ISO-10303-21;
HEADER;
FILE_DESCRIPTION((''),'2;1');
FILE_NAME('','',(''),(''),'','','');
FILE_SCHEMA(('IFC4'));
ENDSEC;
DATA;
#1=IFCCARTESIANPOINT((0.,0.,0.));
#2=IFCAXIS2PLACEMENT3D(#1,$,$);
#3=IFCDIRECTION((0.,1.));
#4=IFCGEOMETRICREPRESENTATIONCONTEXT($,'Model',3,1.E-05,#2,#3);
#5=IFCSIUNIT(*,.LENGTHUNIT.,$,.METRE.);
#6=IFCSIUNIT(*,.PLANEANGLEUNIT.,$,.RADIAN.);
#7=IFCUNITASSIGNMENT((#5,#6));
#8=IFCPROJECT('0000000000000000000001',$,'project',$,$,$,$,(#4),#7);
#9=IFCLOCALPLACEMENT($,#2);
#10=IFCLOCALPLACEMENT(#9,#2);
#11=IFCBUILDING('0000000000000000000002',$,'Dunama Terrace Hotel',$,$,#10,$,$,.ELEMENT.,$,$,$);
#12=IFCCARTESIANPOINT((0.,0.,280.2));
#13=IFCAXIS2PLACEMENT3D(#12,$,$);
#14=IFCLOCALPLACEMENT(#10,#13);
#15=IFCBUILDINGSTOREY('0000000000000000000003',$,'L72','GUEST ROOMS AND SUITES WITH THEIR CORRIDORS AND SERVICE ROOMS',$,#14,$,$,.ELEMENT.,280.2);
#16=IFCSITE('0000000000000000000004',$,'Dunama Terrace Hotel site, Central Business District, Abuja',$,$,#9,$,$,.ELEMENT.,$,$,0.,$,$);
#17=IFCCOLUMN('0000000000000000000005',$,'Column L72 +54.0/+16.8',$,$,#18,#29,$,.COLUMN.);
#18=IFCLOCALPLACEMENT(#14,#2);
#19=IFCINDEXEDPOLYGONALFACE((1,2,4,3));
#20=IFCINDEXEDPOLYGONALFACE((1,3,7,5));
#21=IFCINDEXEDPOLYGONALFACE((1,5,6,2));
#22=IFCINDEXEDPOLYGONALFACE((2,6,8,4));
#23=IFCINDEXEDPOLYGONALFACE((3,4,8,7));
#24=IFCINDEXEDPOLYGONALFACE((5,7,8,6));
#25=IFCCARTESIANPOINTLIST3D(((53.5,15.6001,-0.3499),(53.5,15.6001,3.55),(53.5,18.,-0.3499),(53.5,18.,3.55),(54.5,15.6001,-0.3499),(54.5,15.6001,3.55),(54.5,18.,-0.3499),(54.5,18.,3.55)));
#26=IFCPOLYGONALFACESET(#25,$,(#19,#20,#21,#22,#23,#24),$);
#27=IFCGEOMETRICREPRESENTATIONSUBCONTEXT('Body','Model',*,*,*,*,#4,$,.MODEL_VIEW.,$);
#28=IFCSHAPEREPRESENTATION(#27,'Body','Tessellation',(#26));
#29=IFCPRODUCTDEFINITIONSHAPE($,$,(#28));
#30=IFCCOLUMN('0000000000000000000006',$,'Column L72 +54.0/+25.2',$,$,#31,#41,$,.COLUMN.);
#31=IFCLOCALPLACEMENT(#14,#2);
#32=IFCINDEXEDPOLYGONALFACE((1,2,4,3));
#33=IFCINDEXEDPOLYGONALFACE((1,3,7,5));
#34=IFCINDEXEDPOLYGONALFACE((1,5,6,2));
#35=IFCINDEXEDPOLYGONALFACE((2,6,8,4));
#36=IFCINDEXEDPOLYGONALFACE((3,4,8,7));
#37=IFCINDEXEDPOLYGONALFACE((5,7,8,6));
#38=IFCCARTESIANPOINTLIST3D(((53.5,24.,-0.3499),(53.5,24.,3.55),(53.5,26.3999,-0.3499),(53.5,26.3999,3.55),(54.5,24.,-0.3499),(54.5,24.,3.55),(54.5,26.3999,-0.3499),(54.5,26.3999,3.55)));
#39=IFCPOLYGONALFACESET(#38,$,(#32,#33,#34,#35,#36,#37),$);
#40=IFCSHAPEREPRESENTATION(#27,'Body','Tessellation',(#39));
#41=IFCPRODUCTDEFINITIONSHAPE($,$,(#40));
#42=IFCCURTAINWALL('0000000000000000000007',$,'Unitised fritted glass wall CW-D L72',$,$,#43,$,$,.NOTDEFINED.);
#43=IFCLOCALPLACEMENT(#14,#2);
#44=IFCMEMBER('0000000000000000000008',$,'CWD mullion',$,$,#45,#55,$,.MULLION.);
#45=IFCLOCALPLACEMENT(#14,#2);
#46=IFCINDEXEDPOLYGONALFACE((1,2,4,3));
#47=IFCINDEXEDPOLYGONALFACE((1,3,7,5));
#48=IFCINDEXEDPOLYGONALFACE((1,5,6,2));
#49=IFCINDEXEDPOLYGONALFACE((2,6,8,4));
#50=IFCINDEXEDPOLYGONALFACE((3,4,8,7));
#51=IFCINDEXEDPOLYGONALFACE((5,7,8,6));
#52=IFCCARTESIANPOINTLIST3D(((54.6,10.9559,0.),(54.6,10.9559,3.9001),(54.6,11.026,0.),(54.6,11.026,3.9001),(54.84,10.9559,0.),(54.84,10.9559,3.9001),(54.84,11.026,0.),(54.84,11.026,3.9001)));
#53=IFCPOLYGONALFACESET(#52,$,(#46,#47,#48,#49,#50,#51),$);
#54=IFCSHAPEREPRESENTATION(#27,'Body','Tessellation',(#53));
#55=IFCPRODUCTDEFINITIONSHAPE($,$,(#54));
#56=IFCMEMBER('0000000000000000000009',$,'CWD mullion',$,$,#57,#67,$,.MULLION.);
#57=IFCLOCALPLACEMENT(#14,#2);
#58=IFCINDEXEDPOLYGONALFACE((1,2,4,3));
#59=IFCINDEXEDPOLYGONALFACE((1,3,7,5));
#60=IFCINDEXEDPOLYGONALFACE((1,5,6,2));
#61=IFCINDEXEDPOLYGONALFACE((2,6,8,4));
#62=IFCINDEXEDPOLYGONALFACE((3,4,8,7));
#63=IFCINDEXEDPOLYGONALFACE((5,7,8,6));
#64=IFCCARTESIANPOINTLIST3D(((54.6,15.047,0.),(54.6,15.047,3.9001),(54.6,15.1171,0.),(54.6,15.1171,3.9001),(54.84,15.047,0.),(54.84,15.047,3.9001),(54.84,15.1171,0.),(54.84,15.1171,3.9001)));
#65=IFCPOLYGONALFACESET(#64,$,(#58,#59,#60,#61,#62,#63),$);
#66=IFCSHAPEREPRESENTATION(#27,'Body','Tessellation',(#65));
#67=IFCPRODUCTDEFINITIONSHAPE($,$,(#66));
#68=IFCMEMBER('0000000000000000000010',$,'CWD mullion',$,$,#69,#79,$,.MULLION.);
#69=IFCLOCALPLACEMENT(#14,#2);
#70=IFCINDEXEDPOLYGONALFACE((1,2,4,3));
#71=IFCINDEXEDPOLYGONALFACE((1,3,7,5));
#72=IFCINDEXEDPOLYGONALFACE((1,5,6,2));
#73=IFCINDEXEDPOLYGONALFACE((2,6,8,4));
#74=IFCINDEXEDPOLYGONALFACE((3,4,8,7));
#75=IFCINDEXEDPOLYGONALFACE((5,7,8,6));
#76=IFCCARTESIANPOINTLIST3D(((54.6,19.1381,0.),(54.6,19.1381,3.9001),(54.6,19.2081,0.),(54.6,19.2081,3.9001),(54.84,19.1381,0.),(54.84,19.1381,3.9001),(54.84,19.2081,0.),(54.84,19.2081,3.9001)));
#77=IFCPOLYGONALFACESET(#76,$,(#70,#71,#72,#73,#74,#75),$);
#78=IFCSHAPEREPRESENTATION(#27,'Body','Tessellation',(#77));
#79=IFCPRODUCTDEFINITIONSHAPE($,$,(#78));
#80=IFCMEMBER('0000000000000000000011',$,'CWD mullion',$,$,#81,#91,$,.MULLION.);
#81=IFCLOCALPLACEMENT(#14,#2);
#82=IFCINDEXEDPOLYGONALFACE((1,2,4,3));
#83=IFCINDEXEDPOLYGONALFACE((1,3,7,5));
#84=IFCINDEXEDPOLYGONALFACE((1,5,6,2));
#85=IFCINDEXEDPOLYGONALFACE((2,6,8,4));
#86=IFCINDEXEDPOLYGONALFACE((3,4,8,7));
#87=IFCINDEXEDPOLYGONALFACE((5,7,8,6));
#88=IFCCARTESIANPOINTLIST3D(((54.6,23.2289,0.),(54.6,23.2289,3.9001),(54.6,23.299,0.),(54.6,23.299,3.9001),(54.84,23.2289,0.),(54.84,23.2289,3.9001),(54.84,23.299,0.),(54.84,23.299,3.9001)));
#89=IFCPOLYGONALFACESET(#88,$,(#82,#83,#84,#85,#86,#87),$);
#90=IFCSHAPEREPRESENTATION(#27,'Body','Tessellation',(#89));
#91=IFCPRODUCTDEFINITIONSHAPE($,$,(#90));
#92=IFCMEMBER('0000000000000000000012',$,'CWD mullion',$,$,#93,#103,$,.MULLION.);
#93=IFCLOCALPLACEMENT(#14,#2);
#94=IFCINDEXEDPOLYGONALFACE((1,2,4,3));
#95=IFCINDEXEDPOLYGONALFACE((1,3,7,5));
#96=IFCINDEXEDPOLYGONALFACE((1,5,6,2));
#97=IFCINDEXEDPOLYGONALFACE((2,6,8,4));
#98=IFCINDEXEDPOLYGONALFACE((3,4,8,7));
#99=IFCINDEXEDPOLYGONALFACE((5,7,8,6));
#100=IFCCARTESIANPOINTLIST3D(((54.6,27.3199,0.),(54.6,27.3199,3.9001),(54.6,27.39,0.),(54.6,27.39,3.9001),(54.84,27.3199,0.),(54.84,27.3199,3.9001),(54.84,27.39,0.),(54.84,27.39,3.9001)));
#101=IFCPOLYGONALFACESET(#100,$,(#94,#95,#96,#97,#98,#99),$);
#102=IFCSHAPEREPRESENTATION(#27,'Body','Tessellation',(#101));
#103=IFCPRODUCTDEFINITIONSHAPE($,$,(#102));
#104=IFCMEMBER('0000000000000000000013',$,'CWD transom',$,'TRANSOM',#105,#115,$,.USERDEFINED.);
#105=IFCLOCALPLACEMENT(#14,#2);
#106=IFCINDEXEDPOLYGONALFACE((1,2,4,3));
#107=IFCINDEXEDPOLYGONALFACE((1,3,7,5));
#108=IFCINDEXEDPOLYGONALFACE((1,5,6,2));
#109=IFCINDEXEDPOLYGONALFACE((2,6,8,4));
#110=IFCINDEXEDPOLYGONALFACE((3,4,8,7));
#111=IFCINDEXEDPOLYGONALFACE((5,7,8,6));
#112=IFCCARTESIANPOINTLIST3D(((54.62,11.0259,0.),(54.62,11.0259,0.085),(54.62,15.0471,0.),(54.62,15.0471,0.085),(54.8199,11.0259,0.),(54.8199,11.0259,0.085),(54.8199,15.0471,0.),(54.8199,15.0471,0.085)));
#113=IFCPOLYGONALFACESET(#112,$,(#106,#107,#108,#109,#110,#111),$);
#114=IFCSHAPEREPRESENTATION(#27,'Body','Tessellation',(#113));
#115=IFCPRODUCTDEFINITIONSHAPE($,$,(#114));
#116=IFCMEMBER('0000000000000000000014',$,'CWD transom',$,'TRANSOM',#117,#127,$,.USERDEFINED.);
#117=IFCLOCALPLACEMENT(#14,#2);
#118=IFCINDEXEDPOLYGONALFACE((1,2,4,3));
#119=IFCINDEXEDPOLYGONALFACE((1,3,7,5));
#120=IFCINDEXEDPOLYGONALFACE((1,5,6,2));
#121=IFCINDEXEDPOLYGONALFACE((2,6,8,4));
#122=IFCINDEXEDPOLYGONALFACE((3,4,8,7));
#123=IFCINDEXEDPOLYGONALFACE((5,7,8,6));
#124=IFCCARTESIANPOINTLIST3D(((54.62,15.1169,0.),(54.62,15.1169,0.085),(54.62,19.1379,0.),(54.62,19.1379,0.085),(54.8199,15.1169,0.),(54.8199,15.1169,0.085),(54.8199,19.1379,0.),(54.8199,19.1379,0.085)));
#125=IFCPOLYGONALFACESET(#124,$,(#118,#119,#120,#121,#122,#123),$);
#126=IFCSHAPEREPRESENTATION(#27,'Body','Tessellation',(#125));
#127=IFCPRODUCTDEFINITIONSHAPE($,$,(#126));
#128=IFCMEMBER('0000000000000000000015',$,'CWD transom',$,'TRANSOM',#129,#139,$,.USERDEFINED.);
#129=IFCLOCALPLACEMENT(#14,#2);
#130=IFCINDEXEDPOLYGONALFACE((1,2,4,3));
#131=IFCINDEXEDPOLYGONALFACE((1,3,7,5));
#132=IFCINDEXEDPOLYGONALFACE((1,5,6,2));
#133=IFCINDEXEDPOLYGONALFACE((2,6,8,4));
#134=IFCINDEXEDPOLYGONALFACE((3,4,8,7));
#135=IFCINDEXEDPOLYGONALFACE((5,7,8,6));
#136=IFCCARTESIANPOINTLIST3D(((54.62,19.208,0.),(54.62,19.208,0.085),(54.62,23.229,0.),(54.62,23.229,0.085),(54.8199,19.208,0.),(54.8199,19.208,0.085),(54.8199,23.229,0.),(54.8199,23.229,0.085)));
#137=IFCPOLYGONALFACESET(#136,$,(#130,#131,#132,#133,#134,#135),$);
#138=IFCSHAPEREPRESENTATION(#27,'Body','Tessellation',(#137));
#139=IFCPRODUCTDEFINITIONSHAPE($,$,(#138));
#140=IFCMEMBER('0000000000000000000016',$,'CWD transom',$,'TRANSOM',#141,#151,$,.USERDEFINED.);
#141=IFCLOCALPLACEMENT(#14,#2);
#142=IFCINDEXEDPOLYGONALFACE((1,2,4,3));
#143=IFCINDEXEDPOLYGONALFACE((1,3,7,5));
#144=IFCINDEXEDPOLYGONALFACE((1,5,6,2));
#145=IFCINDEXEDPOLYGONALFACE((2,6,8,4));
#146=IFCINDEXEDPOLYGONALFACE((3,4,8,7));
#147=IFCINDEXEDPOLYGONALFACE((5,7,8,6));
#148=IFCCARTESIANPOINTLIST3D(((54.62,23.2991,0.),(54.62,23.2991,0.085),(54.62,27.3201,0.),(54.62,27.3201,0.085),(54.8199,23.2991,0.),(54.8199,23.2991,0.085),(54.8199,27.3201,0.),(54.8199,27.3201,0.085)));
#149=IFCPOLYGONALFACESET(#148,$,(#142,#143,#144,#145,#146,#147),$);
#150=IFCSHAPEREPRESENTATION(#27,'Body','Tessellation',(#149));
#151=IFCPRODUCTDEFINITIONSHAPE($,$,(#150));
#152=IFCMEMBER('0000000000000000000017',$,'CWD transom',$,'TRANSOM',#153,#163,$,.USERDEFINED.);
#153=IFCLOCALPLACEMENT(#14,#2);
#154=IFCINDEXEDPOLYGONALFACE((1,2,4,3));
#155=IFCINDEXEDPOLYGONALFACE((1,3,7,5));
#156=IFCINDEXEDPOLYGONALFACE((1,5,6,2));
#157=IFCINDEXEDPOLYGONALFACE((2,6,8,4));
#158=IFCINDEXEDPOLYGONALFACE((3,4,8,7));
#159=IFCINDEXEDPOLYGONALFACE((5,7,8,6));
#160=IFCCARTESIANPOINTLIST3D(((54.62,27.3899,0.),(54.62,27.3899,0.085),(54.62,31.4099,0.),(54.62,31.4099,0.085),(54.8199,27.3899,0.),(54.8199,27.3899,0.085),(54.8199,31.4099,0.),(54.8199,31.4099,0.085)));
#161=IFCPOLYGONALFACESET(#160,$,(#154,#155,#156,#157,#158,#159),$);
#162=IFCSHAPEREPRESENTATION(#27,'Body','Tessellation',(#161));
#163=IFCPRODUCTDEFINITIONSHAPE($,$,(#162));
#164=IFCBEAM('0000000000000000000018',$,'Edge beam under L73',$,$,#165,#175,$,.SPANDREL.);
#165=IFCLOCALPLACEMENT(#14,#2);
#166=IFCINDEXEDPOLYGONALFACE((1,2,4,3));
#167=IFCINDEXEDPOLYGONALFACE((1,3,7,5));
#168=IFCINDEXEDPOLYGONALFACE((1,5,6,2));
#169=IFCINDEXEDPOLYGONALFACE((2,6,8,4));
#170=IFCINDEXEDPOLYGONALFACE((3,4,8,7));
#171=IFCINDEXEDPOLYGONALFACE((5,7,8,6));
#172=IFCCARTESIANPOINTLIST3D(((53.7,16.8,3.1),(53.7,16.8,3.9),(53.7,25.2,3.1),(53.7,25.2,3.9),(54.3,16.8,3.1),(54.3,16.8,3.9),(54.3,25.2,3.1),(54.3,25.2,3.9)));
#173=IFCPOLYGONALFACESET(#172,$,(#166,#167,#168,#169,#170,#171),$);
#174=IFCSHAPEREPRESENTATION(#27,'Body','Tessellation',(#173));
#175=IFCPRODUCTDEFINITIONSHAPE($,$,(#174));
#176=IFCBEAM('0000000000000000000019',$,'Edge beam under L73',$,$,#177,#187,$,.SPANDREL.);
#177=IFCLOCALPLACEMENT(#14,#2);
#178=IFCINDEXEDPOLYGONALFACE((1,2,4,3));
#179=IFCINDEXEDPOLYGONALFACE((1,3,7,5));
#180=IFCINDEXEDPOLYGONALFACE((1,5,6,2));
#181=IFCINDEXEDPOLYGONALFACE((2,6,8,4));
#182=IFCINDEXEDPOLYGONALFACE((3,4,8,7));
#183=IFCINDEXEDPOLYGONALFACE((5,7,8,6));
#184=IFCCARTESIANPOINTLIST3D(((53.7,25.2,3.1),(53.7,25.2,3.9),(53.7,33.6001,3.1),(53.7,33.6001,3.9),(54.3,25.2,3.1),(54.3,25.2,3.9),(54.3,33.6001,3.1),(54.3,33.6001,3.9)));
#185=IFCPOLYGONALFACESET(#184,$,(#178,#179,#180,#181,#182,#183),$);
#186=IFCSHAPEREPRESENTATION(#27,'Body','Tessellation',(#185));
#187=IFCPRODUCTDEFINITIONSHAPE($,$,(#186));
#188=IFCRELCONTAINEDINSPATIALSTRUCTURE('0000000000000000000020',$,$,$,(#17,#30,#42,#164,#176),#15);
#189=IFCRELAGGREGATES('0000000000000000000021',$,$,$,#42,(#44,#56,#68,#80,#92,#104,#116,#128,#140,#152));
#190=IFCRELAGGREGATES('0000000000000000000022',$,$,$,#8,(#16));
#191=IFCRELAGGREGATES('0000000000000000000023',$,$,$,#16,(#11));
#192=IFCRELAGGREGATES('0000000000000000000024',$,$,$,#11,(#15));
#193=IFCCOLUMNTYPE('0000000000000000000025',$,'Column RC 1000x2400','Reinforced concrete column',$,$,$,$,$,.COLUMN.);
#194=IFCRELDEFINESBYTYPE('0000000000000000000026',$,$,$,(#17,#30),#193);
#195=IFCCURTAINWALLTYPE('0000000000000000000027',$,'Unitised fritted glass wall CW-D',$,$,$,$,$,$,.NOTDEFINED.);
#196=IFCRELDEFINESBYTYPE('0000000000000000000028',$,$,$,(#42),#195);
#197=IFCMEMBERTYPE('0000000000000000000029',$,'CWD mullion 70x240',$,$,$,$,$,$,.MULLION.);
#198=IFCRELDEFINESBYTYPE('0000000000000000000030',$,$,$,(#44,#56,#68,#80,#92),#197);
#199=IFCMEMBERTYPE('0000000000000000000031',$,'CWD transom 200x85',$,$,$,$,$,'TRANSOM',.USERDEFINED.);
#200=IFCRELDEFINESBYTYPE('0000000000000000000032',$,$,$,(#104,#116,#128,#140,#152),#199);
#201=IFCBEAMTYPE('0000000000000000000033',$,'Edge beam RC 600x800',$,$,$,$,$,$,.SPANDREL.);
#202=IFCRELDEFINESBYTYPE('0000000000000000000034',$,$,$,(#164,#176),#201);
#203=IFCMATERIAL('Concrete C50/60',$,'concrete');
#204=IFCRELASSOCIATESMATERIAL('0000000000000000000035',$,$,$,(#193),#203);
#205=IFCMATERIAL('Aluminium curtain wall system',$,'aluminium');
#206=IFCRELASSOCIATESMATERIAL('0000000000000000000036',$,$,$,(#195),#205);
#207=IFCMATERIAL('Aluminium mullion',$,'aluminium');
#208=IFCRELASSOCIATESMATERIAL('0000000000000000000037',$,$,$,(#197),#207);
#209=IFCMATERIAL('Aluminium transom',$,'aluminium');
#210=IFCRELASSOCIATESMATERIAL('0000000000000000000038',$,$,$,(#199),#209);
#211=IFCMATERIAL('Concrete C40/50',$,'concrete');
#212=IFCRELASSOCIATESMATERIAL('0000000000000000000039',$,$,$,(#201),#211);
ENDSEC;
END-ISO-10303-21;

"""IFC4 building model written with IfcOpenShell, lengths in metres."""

from ifc_helpers import new_model, si_unit, direction, frame, origin, origin_2d, place, context, subcontext, project, spatial, rectangle, extrude, material, material_profile, profile_set, type_object, element, aggregate, save


model = new_model("IFC4")

# Units and contexts
model_context = context("Model", 3, precision=1e-05, world=origin(), true_north=direction((0.0, 1.0)))
body_context = subcontext(model_context, "Body", "Model", "MODEL_VIEW")
ifc_project = project(units=[si_unit("LENGTHUNIT", "METRE"), si_unit("PLANEANGLEUNIT", "RADIAN")], contexts=[model_context])

# Site, building, storey
site_placement = place(None, origin())
site = spatial("IfcSite", under=ifc_project, at=site_placement, Name="Dunama Terrace Hotel site, Central Business District, Abuja", CompositionType="ELEMENT", RefElevation=0.0)
building_placement = place(site_placement, origin())
building = spatial("IfcBuilding", under=site, at=building_placement, Name="Dunama Terrace Hotel", CompositionType="ELEMENT")
storey_placement = place(building_placement, frame((0.0, 0.0, 280.2)))
storey = spatial("IfcBuildingStorey", under=building, at=storey_placement, Name="L72", Description="GUEST ROOMS AND SUITES WITH THEIR CORRIDORS AND SERVICE ROOMS", CompositionType="ELEMENT", Elevation=280.2)

# Columns
ifc_material_1 = material(Name="Concrete C50/60", Category="concrete")
ifc_material_profile_1 = material_profile(ifc_material_1, rectangle(XDim=1.0, YDim=2.3999, at=origin_2d()), Name="RC 1000x2400")
ifc_profile_set_1 = profile_set([ifc_material_profile_1], Name="Concrete C50/60")
column_type = type_object("IfcColumnType", Name="Column RC 1000x2400", Description="Reinforced concrete column", PredefinedType="COLUMN", material=ifc_profile_set_1)
for number, where, z_axis, x_axis, name in (
    (1, (54.0, 16.8, -0.3499), (0.0, 0.0, 1.0), (1.0, 0.0, 0.0), "Column L72 +54.0/+16.8"),
    (2, (54.0, 25.2, -0.3499), (0.0, 0.0, 1.0), (1.0, 0.0, 0.0), "Column L72 +54.0/+25.2"),
):
    element("IfcColumn", number, at=place(storey_placement, frame(where, z_axis=z_axis, x_axis=x_axis)), inside=storey, type_object=column_type, Name=name, PredefinedType="COLUMN", context=body_context, shape_type="SweptSolid", body=[
        extrude(rectangle(XDim=1.0, YDim=2.3999, at=origin_2d()), origin(), (0.0, 0.0, 1.0), 3.8999),
    ])

# Curtain wall, members
ifc_material_2 = material(Name="Aluminium curtain wall system", Category="aluminium")
curtain_wall_type = type_object("IfcCurtainWallType", Name="Unitised fritted glass wall CW-D", PredefinedType="NOTDEFINED", material=ifc_material_2)
curtain_wall_placement = place(storey_placement, origin())
curtain_wall = element("IfcCurtainWall", 3, at=curtain_wall_placement, inside=storey, type_object=curtain_wall_type, Name="Unitised fritted glass wall CW-D L72", PredefinedType="NOTDEFINED")
ifc_material_3 = material(Name="Aluminium mullion", Category="aluminium")
ifc_material_profile_2 = material_profile(ifc_material_3, rectangle(XDim=0.0701, YDim=0.24, at=origin_2d()), Name="CWD MULLION 70X240")
ifc_profile_set_2 = profile_set([ifc_material_profile_2], Name="Aluminium mullion")
member_type_1 = type_object("IfcMemberType", Name="CWD mullion 70x240", PredefinedType="MULLION", material=ifc_profile_set_2)
member_1_placement = place(storey_placement, frame((54.72, 10.991, 0.0), z_axis=(0.0, 0.0, 1.0), x_axis=(0.0, 1.0, 0.0)))
member_1 = element("IfcMember", 4, at=member_1_placement, type_object=member_type_1, Name="CWD mullion", PredefinedType="MULLION", context=body_context, shape_type="SweptSolid", body=[
    extrude(rectangle(XDim=0.0701, YDim=0.24, at=origin_2d()), origin(), (0.0, 0.0, 1.0), 3.9001),
])
member_2_placement = place(storey_placement, frame((54.72, 15.082, 0.0), z_axis=(0.0, 0.0, 1.0), x_axis=(0.0, 1.0, 0.0)))
member_2 = element("IfcMember", 5, at=member_2_placement, type_object=member_type_1, Name="CWD mullion", PredefinedType="MULLION", context=body_context, shape_type="SweptSolid", body=[
    extrude(rectangle(XDim=0.0701, YDim=0.24, at=origin_2d()), origin(), (0.0, 0.0, 1.0), 3.9001),
])
member_3_placement = place(storey_placement, frame((54.72, 19.1731, 0.0), z_axis=(0.0, 0.0, 1.0), x_axis=(0.0, 1.0, 0.0)))
member_3 = element("IfcMember", 6, at=member_3_placement, type_object=member_type_1, Name="CWD mullion", PredefinedType="MULLION", context=body_context, shape_type="SweptSolid", body=[
    extrude(rectangle(XDim=0.0701, YDim=0.24, at=origin_2d()), origin(), (0.0, 0.0, 1.0), 3.9001),
])
member_4_placement = place(storey_placement, frame((54.72, 23.2639, 0.0), z_axis=(0.0, 0.0, 1.0), x_axis=(0.0, 1.0, 0.0)))
member_4 = element("IfcMember", 7, at=member_4_placement, type_object=member_type_1, Name="CWD mullion", PredefinedType="MULLION", context=body_context, shape_type="SweptSolid", body=[
    extrude(rectangle(XDim=0.0701, YDim=0.24, at=origin_2d()), origin(), (0.0, 0.0, 1.0), 3.9001),
])
member_5_placement = place(storey_placement, frame((54.72, 27.355, 0.0), z_axis=(0.0, 0.0, 1.0), x_axis=(0.0, 1.0, 0.0)))
member_5 = element("IfcMember", 8, at=member_5_placement, type_object=member_type_1, Name="CWD mullion", PredefinedType="MULLION", context=body_context, shape_type="SweptSolid", body=[
    extrude(rectangle(XDim=0.0701, YDim=0.24, at=origin_2d()), origin(), (0.0, 0.0, 1.0), 3.9001),
])
ifc_material_4 = material(Name="Aluminium transom", Category="aluminium")
ifc_material_profile_3 = material_profile(ifc_material_4, rectangle(XDim=0.2, YDim=0.085, at=origin_2d()), Name="CWD TRANSOM 200X85")
ifc_profile_set_3 = profile_set([ifc_material_profile_3], Name="Aluminium transom")
member_type_2 = type_object("IfcMemberType", Name="CWD transom 200x85", ElementType="TRANSOM", PredefinedType="USERDEFINED", material=ifc_profile_set_3)
member_6_placement = place(storey_placement, frame((54.72, 11.0259, 0.0425), z_axis=(0.0, 1.0, 0.0), x_axis=(-1.0, 0.0, 0.0)))
member_6 = element("IfcMember", 9, at=member_6_placement, type_object=member_type_2, Name="CWD transom", ObjectType="TRANSOM", PredefinedType="USERDEFINED", context=body_context, shape_type="SweptSolid", body=[
    extrude(rectangle(XDim=0.2, YDim=0.085, at=origin_2d()), origin(), (0.0, 0.0, 1.0), 4.0212),
])
member_7_placement = place(storey_placement, frame((54.72, 15.1169, 0.0425), z_axis=(0.0, 1.0, 0.0), x_axis=(-1.0, 0.0, 0.0)))
member_7 = element("IfcMember", 10, at=member_7_placement, type_object=member_type_2, Name="CWD transom", ObjectType="TRANSOM", PredefinedType="USERDEFINED", context=body_context, shape_type="SweptSolid", body=[
    extrude(rectangle(XDim=0.2, YDim=0.085, at=origin_2d()), origin(), (0.0, 0.0, 1.0), 4.021),
])
member_8_placement = place(storey_placement, frame((54.72, 19.208, 0.0425), z_axis=(0.0, 1.0, 0.0), x_axis=(-1.0, 0.0, 0.0)))
member_8 = element("IfcMember", 11, at=member_8_placement, type_object=member_type_2, Name="CWD transom", ObjectType="TRANSOM", PredefinedType="USERDEFINED", context=body_context, shape_type="SweptSolid", body=[
    extrude(rectangle(XDim=0.2, YDim=0.085, at=origin_2d()), origin(), (0.0, 0.0, 1.0), 4.021),
])
member_9_placement = place(storey_placement, frame((54.72, 23.2991, 0.0425), z_axis=(0.0, 1.0, 0.0), x_axis=(-1.0, 0.0, 0.0)))
member_9 = element("IfcMember", 12, at=member_9_placement, type_object=member_type_2, Name="CWD transom", ObjectType="TRANSOM", PredefinedType="USERDEFINED", context=body_context, shape_type="SweptSolid", body=[
    extrude(rectangle(XDim=0.2, YDim=0.085, at=origin_2d()), origin(), (0.0, 0.0, 1.0), 4.021),
])
member_10_placement = place(storey_placement, frame((54.72, 27.3899, 0.0425), z_axis=(0.0, 1.0, 0.0), x_axis=(-1.0, 0.0, 0.0)))
member_10 = element("IfcMember", 13, at=member_10_placement, type_object=member_type_2, Name="CWD transom", ObjectType="TRANSOM", PredefinedType="USERDEFINED", context=body_context, shape_type="SweptSolid", body=[
    extrude(rectangle(XDim=0.2, YDim=0.085, at=origin_2d()), origin(), (0.0, 0.0, 1.0), 4.02),
])

# Beams
ifc_material_5 = material(Name="Concrete C40/50", Category="concrete")
ifc_material_profile_4 = material_profile(ifc_material_5, rectangle(XDim=0.6001, YDim=0.8, at=origin_2d()), Name="RC 600x800")
ifc_profile_set_4 = profile_set([ifc_material_profile_4], Name="Concrete C40/50")
beam_type = type_object("IfcBeamType", Name="Edge beam RC 600x800", PredefinedType="SPANDREL", material=ifc_profile_set_4)
beam_1_placement = place(storey_placement, frame((54.0, 16.8, 3.5), z_axis=(0.0, 1.0, 0.0), x_axis=(-1.0, 0.0, 0.0)))
element("IfcBeam", 14, at=beam_1_placement, inside=storey, type_object=beam_type, Name="Edge beam under L73", PredefinedType="SPANDREL", context=body_context, shape_type="SweptSolid", body=[
    extrude(rectangle(XDim=0.6001, YDim=0.8, at=origin_2d()), origin(), (0.0, 0.0, 1.0), 8.3999),
])
beam_2_placement = place(storey_placement, frame((54.0, 25.2, 3.5), z_axis=(0.0, 1.0, 0.0), x_axis=(-1.0, 0.0, 0.0)))
element("IfcBeam", 15, at=beam_2_placement, inside=storey, type_object=beam_type, Name="Edge beam under L73", PredefinedType="SPANDREL", context=body_context, shape_type="SweptSolid", body=[
    extrude(rectangle(XDim=0.6001, YDim=0.8, at=origin_2d()), origin(), (0.0, 0.0, 1.0), 8.4001),
])

aggregate(curtain_wall, [member_1, member_2, member_3, member_4, member_5, member_6, member_7, member_8, member_9, member_10])

save(model, "model.ifc")
